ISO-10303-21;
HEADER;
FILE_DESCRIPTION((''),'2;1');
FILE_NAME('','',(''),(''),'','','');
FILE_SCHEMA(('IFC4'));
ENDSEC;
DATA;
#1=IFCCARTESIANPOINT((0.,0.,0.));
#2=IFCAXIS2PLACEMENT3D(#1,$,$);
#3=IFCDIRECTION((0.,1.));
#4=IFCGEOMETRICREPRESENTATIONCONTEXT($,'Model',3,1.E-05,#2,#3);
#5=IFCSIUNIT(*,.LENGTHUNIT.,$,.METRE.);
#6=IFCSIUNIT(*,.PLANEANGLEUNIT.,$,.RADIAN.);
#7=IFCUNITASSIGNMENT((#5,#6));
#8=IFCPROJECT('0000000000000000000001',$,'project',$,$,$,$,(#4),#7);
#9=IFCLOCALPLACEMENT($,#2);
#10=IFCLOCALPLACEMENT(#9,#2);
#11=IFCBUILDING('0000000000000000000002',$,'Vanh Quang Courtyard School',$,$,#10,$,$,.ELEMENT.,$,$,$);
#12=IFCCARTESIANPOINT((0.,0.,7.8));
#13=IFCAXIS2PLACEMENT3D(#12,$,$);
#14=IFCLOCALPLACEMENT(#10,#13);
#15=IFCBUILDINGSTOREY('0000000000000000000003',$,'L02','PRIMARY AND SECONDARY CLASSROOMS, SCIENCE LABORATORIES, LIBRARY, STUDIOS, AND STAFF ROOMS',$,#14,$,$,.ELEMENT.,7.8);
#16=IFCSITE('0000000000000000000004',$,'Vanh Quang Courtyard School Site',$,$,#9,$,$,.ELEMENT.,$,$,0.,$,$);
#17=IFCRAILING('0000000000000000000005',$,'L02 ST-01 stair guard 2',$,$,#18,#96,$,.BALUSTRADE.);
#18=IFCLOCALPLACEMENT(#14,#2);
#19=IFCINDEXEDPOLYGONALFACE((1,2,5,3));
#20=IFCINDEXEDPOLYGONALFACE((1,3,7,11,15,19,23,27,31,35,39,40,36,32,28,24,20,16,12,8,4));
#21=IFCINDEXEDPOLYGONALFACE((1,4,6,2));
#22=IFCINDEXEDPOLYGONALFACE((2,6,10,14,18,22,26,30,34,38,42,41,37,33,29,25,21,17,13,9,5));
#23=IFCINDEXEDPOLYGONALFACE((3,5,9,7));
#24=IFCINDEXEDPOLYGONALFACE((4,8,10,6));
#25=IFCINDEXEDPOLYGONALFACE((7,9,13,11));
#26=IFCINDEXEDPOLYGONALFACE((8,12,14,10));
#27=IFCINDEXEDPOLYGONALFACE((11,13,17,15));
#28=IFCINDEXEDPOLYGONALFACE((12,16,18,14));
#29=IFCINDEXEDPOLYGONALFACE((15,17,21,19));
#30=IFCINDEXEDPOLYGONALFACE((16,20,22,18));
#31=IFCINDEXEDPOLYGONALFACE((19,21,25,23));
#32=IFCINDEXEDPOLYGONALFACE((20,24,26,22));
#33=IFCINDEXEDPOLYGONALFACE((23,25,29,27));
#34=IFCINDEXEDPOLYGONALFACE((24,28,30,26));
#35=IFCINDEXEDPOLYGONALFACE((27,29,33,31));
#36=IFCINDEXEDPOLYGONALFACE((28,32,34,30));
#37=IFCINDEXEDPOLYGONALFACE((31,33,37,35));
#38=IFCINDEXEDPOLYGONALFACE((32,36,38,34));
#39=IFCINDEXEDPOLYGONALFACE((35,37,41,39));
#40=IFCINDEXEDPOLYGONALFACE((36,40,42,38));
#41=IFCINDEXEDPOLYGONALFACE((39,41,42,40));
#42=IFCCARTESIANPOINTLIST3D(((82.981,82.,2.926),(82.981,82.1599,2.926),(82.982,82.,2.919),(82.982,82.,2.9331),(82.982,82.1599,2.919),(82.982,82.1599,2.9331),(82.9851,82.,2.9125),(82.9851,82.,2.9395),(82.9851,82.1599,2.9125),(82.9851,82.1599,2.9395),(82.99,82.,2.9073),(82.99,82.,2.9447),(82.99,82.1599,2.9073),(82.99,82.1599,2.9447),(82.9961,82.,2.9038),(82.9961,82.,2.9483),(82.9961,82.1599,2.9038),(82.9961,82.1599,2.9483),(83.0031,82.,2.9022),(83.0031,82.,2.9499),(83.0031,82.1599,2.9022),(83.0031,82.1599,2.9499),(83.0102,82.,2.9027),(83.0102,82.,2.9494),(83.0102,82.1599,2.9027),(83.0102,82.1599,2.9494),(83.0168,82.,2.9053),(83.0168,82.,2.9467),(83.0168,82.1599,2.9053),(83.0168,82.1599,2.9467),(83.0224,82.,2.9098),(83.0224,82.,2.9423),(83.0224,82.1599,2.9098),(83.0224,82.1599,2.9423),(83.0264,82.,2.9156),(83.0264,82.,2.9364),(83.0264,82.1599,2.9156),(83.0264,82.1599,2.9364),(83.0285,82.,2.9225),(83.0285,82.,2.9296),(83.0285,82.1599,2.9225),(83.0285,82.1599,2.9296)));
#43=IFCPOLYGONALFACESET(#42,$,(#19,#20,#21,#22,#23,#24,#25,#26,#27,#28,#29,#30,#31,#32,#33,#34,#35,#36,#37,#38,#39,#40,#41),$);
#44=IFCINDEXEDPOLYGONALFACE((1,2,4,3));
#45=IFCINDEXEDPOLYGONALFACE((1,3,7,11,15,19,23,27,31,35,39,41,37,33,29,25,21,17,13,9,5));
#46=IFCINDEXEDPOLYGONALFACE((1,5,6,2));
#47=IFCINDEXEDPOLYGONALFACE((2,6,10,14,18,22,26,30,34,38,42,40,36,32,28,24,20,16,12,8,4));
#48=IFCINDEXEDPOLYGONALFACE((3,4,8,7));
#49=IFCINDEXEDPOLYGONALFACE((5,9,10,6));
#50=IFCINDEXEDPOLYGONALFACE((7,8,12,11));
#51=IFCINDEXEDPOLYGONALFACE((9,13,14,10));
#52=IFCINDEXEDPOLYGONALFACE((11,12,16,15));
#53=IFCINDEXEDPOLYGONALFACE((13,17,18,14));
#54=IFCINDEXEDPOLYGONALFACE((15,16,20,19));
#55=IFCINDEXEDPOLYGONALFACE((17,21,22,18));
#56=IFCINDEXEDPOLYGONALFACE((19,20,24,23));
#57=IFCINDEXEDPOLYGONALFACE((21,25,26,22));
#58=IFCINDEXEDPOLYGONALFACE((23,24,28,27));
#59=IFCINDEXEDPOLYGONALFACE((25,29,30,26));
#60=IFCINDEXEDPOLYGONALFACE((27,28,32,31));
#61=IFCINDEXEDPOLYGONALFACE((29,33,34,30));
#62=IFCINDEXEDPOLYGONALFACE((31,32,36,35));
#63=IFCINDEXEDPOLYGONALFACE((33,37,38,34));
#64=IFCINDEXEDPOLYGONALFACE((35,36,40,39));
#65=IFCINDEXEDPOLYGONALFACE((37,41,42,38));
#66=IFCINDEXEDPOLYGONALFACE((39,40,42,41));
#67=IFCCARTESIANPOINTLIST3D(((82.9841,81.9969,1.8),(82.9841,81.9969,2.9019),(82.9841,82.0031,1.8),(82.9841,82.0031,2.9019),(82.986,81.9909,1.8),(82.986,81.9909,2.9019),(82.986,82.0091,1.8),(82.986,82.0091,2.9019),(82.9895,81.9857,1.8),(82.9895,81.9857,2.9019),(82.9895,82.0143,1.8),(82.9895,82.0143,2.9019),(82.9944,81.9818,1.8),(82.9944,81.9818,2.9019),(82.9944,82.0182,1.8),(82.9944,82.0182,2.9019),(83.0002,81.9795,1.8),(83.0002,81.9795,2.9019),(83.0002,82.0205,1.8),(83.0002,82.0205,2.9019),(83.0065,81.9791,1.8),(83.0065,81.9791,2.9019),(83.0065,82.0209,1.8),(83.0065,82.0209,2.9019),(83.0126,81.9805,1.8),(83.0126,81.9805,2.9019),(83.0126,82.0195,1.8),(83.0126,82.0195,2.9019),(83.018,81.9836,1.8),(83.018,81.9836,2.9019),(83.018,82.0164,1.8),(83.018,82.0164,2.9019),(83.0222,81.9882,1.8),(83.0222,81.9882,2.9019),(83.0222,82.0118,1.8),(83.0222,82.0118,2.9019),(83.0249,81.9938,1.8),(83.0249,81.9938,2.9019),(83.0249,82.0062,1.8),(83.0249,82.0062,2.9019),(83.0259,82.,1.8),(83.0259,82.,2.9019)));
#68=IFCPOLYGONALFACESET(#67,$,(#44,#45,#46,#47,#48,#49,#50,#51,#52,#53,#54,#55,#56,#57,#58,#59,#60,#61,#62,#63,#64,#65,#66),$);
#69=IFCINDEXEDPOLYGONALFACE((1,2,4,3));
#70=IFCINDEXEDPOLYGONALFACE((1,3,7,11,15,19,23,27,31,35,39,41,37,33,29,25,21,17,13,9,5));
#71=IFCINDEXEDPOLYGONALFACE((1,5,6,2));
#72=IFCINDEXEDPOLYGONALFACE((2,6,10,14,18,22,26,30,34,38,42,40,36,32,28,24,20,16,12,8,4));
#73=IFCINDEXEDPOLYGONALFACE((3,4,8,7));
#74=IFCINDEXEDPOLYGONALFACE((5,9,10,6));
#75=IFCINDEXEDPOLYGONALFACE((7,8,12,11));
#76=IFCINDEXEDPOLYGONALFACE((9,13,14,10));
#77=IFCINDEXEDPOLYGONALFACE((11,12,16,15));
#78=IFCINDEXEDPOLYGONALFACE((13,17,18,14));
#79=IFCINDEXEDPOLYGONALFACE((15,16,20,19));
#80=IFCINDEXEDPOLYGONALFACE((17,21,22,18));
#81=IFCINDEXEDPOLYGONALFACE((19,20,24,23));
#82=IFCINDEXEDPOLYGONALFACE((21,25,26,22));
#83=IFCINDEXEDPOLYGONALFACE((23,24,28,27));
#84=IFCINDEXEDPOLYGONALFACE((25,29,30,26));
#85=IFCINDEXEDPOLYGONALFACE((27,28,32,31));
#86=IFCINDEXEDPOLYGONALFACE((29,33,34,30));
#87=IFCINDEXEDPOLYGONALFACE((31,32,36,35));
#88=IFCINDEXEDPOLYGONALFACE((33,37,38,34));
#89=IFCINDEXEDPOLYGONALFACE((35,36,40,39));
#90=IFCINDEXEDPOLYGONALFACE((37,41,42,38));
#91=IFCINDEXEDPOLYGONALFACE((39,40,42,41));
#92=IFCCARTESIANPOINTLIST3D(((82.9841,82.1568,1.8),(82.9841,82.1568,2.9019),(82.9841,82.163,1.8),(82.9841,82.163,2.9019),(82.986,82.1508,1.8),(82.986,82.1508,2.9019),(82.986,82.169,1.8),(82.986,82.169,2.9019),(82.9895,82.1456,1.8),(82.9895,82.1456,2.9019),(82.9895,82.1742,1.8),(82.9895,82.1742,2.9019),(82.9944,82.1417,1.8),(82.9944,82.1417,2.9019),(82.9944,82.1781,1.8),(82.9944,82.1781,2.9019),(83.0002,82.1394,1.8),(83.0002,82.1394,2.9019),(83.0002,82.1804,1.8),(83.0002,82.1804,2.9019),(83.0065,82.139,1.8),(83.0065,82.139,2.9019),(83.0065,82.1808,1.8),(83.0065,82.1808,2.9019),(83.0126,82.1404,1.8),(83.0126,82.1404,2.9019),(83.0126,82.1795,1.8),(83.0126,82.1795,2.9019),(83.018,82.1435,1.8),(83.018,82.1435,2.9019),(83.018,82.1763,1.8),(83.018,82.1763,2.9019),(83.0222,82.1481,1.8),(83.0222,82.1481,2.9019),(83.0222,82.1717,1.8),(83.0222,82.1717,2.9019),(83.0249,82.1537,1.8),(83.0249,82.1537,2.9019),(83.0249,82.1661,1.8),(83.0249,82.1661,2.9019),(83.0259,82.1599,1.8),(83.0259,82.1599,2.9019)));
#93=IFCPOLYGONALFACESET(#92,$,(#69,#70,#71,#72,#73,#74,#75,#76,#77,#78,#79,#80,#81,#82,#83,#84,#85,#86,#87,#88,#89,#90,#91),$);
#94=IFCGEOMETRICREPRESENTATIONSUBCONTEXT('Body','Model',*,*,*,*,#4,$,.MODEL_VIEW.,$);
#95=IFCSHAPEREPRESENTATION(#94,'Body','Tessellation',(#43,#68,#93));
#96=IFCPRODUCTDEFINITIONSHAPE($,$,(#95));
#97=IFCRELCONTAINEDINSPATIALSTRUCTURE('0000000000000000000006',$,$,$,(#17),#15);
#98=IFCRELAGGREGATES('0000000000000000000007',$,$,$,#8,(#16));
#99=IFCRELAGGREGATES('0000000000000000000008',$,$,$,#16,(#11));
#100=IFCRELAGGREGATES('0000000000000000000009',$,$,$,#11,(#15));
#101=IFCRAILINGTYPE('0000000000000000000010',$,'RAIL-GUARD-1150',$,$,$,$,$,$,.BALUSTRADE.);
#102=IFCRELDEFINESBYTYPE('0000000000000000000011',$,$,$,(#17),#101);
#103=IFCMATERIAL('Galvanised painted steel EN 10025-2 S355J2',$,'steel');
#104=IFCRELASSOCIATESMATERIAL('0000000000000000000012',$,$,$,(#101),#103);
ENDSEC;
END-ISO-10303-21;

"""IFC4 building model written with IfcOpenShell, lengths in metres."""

from ifc_helpers import new_model, si_unit, direction, frame, origin, origin_2d, place, context, subcontext, project, spatial, circle, extrude, material, type_object, element, save


model = new_model("IFC4")

# Units and contexts
model_context = context("Model", 3, precision=1e-05, world=origin(), true_north=direction((0.0, 1.0)))
body_context = subcontext(model_context, "Body", "Model", "MODEL_VIEW")
ifc_project = project(units=[si_unit("LENGTHUNIT", "METRE"), si_unit("PLANEANGLEUNIT", "RADIAN")], contexts=[model_context])

# Site, building, storey
site_placement = place(None, origin())
site = spatial("IfcSite", under=ifc_project, at=site_placement, Name="Vanh Quang Courtyard School Site", CompositionType="ELEMENT", RefElevation=0.0)
building_placement = place(site_placement, origin())
building = spatial("IfcBuilding", under=site, at=building_placement, Name="Vanh Quang Courtyard School", CompositionType="ELEMENT")
storey_placement = place(building_placement, frame((0.0, 0.0, 7.8)))
storey = spatial("IfcBuildingStorey", under=building, at=storey_placement, Name="L02", Description="PRIMARY AND SECONDARY CLASSROOMS, SCIENCE LABORATORIES, LIBRARY, STUDIOS, AND STAFF ROOMS", CompositionType="ELEMENT", Elevation=7.8)

# Railing
ifc_material_1 = material(Name="Galvanised painted steel EN 10025-2 S355J2", Category="steel")
railing_type_1 = type_object("IfcRailingType", Name="RAIL-GUARD-1150", PredefinedType="BALUSTRADE", material=ifc_material_1)
railing_1_placement = place(storey_placement, frame((83.0049, 82.0, 1.8)))
element("IfcRailing", 1, at=railing_1_placement, inside=storey, type_object=railing_type_1, Name="L02 ST-01 stair guard 2", PredefinedType="BALUSTRADE", context=body_context, shape_type="SweptSolid", body=[
    extrude(circle(Radius=0.0239, at=origin_2d()), frame((0.0, 0.0, 1.126), z_axis=(0.0, 1.0, 0.0), x_axis=(-1.0, 0.0, 0.0)), (0.0, 0.0, 1.0), 0.1599),
    extrude(circle(Radius=0.021, at=origin_2d()), origin(), (0.0, 0.0, 1.0), 1.1018),
    extrude(circle(Radius=0.021, at=origin_2d()), frame((0.0, 0.1599, 0.0)), (0.0, 0.0, 1.0), 1.1018),
])

save(model, "model.ifc")
